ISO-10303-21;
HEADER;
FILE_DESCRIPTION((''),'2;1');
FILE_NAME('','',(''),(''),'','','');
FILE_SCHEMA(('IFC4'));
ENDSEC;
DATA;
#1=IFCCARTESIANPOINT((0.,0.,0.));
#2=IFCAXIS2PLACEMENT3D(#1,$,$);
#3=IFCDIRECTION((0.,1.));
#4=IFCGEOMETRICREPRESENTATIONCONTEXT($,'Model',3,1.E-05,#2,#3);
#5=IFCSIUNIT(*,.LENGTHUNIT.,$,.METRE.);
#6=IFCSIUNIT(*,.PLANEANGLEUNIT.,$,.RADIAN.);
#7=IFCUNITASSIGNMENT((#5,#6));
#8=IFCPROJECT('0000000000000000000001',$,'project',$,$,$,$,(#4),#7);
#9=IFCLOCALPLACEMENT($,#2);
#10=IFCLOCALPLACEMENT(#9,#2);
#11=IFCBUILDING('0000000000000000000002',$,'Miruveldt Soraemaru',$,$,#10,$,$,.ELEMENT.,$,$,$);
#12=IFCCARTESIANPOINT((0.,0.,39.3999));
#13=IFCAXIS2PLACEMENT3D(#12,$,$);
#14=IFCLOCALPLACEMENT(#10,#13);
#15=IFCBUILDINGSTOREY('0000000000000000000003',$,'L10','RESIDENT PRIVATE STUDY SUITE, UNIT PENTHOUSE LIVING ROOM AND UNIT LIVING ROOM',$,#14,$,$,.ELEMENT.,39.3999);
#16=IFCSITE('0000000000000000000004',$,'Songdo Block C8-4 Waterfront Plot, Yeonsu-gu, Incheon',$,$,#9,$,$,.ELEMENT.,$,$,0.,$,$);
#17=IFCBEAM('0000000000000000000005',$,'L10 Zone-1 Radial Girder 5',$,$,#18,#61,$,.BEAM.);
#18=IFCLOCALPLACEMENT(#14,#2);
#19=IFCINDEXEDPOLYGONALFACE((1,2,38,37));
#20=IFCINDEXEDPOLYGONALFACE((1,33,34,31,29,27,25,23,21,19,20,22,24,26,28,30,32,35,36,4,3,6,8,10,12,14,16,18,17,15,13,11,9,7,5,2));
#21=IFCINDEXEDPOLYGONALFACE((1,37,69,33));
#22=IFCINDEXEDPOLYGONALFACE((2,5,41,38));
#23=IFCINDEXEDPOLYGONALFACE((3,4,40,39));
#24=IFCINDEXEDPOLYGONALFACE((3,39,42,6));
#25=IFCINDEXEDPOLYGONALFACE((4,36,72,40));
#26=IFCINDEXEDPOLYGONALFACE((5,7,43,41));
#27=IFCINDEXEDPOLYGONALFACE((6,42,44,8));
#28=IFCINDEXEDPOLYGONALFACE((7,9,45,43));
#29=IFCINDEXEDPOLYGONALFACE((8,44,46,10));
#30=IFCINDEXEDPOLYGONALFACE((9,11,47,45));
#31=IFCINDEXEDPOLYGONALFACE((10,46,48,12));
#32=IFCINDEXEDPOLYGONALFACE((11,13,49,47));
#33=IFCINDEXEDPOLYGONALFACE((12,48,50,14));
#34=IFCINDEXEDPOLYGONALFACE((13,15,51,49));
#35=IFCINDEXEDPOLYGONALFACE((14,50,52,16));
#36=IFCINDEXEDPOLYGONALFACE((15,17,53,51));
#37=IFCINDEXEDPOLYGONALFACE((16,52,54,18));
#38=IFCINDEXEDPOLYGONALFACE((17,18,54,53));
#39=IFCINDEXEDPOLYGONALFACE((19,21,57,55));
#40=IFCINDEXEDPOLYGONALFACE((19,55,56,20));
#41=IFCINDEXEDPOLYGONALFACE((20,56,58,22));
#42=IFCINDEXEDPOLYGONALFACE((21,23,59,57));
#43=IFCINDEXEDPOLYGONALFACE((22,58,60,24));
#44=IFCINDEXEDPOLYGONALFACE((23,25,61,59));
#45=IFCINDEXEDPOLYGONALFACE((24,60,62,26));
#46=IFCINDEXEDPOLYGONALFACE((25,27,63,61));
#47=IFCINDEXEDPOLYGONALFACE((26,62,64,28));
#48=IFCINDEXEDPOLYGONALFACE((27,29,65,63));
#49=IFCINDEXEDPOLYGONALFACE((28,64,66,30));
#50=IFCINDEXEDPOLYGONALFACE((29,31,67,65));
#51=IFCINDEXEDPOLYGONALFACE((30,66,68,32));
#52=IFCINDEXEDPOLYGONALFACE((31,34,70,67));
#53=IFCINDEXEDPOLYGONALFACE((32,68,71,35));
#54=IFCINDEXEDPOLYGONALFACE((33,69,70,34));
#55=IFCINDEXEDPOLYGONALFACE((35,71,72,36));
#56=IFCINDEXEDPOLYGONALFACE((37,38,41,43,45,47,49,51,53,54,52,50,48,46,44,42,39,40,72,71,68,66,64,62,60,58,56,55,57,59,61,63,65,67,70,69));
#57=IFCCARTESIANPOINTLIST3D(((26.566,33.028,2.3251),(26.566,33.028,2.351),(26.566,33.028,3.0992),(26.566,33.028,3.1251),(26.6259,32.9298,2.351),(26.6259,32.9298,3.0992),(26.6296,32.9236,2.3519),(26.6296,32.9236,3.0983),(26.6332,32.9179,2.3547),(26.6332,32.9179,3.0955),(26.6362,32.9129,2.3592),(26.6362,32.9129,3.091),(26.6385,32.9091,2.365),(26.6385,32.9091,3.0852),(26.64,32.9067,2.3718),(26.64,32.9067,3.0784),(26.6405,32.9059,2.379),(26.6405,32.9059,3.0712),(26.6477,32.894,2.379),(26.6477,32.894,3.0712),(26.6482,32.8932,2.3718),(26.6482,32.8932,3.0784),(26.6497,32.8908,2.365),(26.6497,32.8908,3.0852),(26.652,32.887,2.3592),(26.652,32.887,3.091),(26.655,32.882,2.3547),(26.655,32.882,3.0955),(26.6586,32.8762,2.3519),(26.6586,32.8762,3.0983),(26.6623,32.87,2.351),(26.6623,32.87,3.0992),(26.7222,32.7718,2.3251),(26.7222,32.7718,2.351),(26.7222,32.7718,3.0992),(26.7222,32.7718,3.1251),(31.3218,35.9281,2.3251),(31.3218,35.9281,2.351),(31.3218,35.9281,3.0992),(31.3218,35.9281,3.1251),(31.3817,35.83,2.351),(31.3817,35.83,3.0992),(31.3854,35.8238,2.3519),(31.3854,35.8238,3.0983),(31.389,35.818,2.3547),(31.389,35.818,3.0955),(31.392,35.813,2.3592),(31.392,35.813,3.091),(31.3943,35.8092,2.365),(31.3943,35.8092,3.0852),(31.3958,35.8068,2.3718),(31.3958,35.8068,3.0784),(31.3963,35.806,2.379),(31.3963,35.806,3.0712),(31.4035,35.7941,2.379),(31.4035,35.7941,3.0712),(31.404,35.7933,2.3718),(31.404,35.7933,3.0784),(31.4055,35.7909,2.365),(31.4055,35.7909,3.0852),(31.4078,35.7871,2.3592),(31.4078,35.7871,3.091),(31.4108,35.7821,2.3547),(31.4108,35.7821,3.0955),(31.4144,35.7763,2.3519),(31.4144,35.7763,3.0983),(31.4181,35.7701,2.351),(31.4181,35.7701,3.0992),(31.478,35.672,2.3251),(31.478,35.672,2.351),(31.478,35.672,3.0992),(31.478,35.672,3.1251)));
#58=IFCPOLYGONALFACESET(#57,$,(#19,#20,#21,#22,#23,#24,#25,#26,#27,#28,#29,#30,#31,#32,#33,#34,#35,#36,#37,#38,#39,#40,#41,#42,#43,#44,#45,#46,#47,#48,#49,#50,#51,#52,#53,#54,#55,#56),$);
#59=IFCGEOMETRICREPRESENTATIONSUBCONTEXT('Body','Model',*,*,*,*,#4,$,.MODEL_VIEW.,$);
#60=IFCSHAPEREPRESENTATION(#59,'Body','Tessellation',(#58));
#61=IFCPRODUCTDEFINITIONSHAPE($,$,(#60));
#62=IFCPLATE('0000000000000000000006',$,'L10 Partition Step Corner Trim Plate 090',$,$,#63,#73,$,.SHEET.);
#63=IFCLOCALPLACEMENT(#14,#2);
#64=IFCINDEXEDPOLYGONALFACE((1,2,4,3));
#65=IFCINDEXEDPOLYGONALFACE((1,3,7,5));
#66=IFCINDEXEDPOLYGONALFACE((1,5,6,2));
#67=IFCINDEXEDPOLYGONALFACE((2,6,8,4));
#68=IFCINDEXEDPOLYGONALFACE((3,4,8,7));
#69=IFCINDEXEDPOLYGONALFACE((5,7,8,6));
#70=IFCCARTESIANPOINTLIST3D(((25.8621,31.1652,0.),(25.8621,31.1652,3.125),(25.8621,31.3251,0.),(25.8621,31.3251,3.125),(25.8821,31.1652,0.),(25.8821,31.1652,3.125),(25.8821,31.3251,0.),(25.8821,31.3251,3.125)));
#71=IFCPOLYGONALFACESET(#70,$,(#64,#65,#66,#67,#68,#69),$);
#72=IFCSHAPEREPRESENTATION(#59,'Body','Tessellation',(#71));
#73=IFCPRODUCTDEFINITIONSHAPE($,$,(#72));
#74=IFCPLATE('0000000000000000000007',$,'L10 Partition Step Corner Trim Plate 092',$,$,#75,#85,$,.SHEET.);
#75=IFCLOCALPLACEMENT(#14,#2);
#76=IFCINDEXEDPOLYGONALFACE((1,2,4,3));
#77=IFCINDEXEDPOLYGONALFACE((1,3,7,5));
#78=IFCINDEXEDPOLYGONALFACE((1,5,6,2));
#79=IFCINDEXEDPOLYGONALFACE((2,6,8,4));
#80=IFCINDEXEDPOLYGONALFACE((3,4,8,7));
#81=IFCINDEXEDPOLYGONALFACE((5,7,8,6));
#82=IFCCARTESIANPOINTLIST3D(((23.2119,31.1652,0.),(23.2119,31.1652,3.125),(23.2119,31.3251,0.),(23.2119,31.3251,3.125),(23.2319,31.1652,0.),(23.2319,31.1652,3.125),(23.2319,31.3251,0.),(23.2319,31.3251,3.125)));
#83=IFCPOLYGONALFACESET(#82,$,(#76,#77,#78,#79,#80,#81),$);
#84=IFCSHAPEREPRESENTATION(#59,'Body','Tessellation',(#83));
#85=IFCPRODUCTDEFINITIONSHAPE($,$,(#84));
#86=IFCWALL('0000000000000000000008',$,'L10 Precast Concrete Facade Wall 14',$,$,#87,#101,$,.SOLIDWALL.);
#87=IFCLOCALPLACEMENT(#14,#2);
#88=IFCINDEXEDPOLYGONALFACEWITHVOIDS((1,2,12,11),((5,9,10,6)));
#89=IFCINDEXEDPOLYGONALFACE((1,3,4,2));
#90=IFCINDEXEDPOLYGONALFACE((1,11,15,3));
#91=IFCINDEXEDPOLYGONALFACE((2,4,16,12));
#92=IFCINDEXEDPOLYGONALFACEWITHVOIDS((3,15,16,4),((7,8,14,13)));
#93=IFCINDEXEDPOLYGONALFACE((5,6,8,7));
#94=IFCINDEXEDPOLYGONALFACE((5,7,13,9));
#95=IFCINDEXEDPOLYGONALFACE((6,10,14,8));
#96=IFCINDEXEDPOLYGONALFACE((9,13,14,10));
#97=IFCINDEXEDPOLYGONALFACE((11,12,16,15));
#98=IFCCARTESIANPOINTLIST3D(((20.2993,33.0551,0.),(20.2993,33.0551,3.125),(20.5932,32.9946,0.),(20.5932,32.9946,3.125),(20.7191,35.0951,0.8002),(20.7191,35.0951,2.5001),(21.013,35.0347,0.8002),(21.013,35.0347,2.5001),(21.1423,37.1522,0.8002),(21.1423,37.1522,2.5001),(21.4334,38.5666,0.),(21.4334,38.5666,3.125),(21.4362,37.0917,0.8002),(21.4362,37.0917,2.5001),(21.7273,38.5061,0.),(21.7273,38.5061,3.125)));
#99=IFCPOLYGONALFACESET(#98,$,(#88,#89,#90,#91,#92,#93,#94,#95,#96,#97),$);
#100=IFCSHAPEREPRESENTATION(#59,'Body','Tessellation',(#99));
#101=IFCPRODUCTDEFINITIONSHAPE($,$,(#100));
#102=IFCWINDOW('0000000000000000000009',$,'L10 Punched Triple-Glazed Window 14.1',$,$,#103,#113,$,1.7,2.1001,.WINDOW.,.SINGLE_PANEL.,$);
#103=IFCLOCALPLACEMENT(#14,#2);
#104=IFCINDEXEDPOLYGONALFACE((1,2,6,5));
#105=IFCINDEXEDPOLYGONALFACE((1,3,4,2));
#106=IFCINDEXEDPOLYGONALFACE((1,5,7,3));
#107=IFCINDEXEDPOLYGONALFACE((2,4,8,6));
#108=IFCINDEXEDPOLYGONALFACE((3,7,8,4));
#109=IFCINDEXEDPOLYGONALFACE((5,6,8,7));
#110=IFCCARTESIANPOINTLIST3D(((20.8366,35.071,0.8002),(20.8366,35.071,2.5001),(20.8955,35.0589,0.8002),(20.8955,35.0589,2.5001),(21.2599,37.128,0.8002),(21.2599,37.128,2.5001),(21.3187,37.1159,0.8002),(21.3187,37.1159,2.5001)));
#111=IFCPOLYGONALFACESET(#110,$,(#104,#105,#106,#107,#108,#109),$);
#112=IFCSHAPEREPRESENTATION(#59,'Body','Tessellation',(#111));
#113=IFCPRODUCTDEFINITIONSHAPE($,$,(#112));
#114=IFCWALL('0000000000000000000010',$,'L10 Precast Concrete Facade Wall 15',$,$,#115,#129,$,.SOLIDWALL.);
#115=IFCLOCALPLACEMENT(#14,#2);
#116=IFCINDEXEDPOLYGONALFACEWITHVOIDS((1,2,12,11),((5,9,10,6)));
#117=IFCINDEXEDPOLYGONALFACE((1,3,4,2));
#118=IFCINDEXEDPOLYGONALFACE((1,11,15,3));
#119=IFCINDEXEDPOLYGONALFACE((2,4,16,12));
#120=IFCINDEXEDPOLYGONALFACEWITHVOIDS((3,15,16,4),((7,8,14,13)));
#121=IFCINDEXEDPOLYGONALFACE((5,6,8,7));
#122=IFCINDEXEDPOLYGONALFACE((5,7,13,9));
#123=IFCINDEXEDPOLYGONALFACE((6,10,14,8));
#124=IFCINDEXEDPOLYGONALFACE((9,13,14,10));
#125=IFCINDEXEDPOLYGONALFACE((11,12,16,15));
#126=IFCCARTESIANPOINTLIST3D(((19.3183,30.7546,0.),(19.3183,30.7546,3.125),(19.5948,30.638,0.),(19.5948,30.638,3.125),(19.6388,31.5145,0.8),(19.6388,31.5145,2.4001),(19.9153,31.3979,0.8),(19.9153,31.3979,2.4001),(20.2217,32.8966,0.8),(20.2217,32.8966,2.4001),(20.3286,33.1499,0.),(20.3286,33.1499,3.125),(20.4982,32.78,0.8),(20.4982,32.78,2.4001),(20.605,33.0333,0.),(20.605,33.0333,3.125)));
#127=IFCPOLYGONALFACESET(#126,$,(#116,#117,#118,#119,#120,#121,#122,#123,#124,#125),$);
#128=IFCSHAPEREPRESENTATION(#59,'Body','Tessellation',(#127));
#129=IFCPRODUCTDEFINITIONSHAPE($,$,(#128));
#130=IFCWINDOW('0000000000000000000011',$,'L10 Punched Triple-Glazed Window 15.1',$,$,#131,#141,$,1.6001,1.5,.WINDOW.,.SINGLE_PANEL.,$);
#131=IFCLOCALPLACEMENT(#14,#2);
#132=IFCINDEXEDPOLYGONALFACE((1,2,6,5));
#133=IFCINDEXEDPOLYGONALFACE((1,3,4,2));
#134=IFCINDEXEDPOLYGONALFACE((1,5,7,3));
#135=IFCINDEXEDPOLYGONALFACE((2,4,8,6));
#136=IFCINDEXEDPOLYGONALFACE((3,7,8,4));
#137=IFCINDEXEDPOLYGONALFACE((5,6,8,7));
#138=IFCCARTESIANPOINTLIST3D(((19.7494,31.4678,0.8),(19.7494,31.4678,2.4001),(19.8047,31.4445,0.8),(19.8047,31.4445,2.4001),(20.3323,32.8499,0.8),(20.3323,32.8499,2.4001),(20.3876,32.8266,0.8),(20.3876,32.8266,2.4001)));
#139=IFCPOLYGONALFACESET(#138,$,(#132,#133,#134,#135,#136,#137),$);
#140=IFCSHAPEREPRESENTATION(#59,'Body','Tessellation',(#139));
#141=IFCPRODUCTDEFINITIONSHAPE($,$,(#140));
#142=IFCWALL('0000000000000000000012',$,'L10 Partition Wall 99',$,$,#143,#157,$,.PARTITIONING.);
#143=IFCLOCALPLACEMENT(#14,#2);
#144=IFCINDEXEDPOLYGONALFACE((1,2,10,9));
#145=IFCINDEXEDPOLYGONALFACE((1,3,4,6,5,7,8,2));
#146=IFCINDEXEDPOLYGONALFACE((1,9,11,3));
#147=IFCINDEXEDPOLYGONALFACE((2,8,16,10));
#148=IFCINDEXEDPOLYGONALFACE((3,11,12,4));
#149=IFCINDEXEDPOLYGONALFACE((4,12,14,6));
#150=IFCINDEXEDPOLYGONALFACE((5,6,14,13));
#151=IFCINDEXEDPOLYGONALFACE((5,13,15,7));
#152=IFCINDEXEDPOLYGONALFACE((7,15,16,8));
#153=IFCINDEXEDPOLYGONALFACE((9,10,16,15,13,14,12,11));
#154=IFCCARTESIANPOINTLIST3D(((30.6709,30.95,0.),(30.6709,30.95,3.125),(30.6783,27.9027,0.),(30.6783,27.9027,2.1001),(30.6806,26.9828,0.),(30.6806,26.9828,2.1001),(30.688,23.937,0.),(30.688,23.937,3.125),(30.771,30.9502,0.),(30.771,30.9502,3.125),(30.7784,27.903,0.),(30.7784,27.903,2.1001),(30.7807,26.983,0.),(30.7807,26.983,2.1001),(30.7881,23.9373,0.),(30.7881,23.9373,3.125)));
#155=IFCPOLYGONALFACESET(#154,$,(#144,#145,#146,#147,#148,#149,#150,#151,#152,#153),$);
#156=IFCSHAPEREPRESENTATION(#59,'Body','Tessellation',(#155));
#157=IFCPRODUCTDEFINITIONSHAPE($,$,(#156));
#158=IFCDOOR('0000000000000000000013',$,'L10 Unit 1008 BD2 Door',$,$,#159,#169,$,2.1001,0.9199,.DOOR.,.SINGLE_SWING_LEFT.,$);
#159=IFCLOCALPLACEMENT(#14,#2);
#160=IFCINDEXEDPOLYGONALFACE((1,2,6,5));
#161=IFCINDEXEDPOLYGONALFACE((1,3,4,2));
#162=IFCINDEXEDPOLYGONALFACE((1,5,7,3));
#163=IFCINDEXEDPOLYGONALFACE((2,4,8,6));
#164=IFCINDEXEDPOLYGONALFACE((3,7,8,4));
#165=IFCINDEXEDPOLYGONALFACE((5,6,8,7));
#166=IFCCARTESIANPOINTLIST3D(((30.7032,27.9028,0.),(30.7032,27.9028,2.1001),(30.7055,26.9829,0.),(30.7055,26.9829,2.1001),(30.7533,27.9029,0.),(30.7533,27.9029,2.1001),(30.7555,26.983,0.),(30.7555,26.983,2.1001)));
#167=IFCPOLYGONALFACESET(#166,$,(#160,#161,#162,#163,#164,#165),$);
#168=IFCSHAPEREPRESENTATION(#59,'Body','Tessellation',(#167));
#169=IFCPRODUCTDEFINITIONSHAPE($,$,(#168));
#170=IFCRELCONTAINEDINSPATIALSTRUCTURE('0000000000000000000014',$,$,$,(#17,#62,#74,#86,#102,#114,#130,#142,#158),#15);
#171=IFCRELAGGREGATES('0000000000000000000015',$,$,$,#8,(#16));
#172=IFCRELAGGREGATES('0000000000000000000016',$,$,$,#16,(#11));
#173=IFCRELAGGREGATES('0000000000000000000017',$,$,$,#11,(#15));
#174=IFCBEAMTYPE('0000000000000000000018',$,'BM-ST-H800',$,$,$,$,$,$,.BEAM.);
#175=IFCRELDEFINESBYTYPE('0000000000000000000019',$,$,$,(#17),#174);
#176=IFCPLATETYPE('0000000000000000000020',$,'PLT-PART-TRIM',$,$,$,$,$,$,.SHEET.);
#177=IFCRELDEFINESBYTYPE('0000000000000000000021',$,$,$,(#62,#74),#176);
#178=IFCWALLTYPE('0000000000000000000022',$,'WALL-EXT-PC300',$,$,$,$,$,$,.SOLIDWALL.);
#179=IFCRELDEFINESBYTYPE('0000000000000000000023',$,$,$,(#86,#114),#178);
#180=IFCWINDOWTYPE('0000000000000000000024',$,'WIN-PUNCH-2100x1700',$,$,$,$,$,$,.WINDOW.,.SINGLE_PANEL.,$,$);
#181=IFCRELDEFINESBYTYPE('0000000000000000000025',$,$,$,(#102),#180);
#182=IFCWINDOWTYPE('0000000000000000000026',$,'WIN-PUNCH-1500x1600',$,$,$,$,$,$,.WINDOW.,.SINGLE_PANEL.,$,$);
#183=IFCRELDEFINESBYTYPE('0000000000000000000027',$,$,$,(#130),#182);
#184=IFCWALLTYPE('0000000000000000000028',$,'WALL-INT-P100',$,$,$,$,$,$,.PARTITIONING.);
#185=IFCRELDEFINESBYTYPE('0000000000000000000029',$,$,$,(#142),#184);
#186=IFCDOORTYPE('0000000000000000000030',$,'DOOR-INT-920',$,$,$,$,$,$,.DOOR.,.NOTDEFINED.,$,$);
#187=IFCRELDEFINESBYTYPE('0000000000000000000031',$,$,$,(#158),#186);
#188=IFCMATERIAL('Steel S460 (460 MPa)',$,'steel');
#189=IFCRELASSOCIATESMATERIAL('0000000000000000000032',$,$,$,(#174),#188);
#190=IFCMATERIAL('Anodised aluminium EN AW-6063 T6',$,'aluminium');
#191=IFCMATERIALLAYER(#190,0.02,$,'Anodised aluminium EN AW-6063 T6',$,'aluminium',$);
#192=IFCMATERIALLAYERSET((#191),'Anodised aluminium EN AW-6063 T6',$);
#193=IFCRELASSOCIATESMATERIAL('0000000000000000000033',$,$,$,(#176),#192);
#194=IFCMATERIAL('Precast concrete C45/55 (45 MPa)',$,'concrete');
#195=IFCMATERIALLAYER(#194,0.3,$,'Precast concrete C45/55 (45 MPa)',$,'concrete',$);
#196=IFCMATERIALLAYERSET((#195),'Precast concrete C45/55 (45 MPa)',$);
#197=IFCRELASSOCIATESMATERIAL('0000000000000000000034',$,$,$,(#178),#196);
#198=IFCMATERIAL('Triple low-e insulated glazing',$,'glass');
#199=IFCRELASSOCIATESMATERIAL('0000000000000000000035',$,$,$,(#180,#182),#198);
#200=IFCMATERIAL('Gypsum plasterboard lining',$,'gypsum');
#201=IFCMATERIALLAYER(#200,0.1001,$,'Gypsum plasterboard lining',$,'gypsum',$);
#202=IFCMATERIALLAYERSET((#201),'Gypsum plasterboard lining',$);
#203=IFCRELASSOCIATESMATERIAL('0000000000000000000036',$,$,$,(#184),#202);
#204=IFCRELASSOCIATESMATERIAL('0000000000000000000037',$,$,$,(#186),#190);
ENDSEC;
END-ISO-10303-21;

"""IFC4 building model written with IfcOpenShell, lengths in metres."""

from ifc_helpers import new_model, si_unit, direction, frame, frame_2d, origin, origin_2d, place, context, subcontext, project, spatial, rectangle, i_section, extrude, material, layer, layer_set, material_profile, profile_set, type_object, element, fill, save


model = new_model("IFC4")

# Units and contexts
model_context = context("Model", 3, precision=1e-05, world=origin(), true_north=direction((0.0, 1.0)))
body_context = subcontext(model_context, "Body", "Model", "MODEL_VIEW")
ifc_project = project(units=[si_unit("LENGTHUNIT", "METRE"), si_unit("PLANEANGLEUNIT", "RADIAN")], contexts=[model_context])

# Site, building, storey
site_placement = place(None, origin())
site = spatial("IfcSite", under=ifc_project, at=site_placement, Name="Songdo Block C8-4 Waterfront Plot, Yeonsu-gu, Incheon", CompositionType="ELEMENT", RefElevation=0.0)
building_placement = place(site_placement, origin())
building = spatial("IfcBuilding", under=site, at=building_placement, Name="Miruveldt Soraemaru", CompositionType="ELEMENT")
storey_placement = place(building_placement, frame((0.0, 0.0, 39.3999)))
storey = spatial("IfcBuildingStorey", under=building, at=storey_placement, Name="L10", Description="RESIDENT PRIVATE STUDY SUITE, UNIT PENTHOUSE LIVING ROOM AND UNIT LIVING ROOM", CompositionType="ELEMENT", Elevation=39.3999)

# Beam
ifc_material_1 = material(Name="Steel S460 (460 MPa)", Category="steel")
ifc_material_profile_1 = material_profile(ifc_material_1, i_section(OverallWidth=0.3, OverallDepth=0.8, WebThickness=0.0139, FlangeThickness=0.0259, FilletRadius=0.0281, at=origin_2d()), Name="Steel S460 (460 MPa)", Category="steel")
ifc_profile_set_1 = profile_set([ifc_material_profile_1], Name="Steel S460 (460 MPa)")
beam_type_1 = type_object("IfcBeamType", Name="BM-ST-H800", PredefinedType="BEAM", material=ifc_profile_set_1)
beam_1_placement = place(storey_placement, frame((31.3999, 35.8, 2.7251), z_axis=(-0.853778, -0.520638, 0.0), x_axis=(0.520638, -0.853778, 0.0)))
element("IfcBeam", 1, at=beam_1_placement, inside=storey, type_object=beam_type_1, Name="L10 Zone-1 Radial Girder 5", PredefinedType="BEAM", context=body_context, shape_type="SweptSolid", body=[
    extrude(i_section(OverallWidth=0.3, OverallDepth=0.8, WebThickness=0.0139, FlangeThickness=0.0259, FilletRadius=0.0281, at=origin_2d()), origin(), (0.0, 0.0, 1.0), 5.5703),
])

# Plates
ifc_material_2 = material(Name="Anodised aluminium EN AW-6063 T6", Category="aluminium")
ifc_layer_1 = layer(ifc_material_2, 0.02, Name="Anodised aluminium EN AW-6063 T6", Category="aluminium")
ifc_layer_set_1 = layer_set([ifc_layer_1], Name="Anodised aluminium EN AW-6063 T6")
plate_type = type_object("IfcPlateType", Name="PLT-PART-TRIM", PredefinedType="SHEET", material=ifc_layer_set_1)
for number, where, z_axis, x_axis, name in (
    (2, (25.8721, 31.2451, 0.0), (0.0, 0.0, 1.0), (0.0, 1.0, 0.0), "L10 Partition Step Corner Trim Plate 090"),
    (3, (23.2219, 31.2451, 0.0), (0.0, 0.0, 1.0), (0.0, -1.0, 0.0), "L10 Partition Step Corner Trim Plate 092"),
):
    element("IfcPlate", number, at=place(storey_placement, frame(where, z_axis=z_axis, x_axis=x_axis)), inside=storey, type_object=plate_type, Name=name, PredefinedType="SHEET", context=body_context, shape_type="SweptSolid", body=[
        extrude(rectangle(XDim=0.1599, YDim=0.02, at=origin_2d()), origin(), (0.0, 0.0, 1.0), 3.125),
    ])

# Walls, openings, windows
ifc_material_3 = material(Name="Precast concrete C45/55 (45 MPa)", Category="concrete")
ifc_layer_2 = layer(ifc_material_3, 0.3, Name="Precast concrete C45/55 (45 MPa)", Category="concrete")
ifc_layer_set_2 = layer_set([ifc_layer_2], Name="Precast concrete C45/55 (45 MPa)")
wall_type_1 = type_object("IfcWallType", Name="WALL-EXT-PC300", PredefinedType="SOLIDWALL", material=ifc_layer_set_2)
wall_1_placement = place(storey_placement, frame((21.5803, 38.5364, 0.0), z_axis=(0.0, 0.0, 1.0), x_axis=(-0.201537, -0.979481, 0.0)))
wall_1 = element("IfcWall", 4, at=wall_1_placement, inside=storey, type_object=wall_type_1, Name="L10 Precast Concrete Facade Wall 14", PredefinedType="SOLIDWALL", context=body_context, shape_type="SweptSolid", body=[
    extrude(rectangle(XDim=5.627, YDim=0.3, at=frame_2d((2.8135, 0.0))), origin(), (0.0, 0.0, 1.0), 3.125),
])
opening_1_placement = place(wall_1_placement, frame((1.4441, 0.0, 0.8)))
opening_1 = element("IfcOpeningElement", 5, at=opening_1_placement, cuts=wall_1, PredefinedType="OPENING", context=body_context, shape_type="SweptSolid", body=[
    extrude(rectangle(XDim=2.1001, YDim=1.7, at=frame_2d((1.05, 0.8501))), frame((0.0, 0.1602, 0.0), z_axis=(0.0, -1.0, 0.0), x_axis=(1.0, 0.0, 0.0)), (0.0, 0.0, 1.0), 0.3201),
])
ifc_material_4 = material(Name="Triple low-e insulated glazing", Category="glass")
window_type_1 = type_object("IfcWindowType", Name="WIN-PUNCH-2100x1700", PartitioningType="SINGLE_PANEL", PredefinedType="WINDOW", material=ifc_material_4)
window_1_placement = place(opening_1_placement, origin())
window_1 = element("IfcWindow", 6, at=window_1_placement, inside=storey, type_object=window_type_1, Name="L10 Punched Triple-Glazed Window 14.1", OverallHeight=1.7, OverallWidth=2.1001, PartitioningType="SINGLE_PANEL", PredefinedType="WINDOW", context=body_context, shape_type="SweptSolid", body=[
    extrude(rectangle(XDim=2.1001, YDim=1.7, at=frame_2d((1.05, 0.8501))), frame((0.0, 0.03, 0.0), z_axis=(0.0, -1.0, 0.0), x_axis=(1.0, 0.0, 0.0)), (0.0, 0.0, 1.0), 0.0601),
])
fill(opening_1, window_1)
wall_2_placement = place(storey_placement, frame((20.4668, 33.0916, 0.0), z_axis=(0.0, 0.0, 1.0), x_axis=(-0.38862, -0.921398, 0.0)))
wall_2 = element("IfcWall", 7, at=wall_2_placement, inside=storey, type_object=wall_type_1, Name="L10 Precast Concrete Facade Wall 15", PredefinedType="SOLIDWALL", context=body_context, shape_type="SweptSolid", body=[
    extrude(rectangle(XDim=2.5996, YDim=0.3, at=frame_2d((1.2998, 0.0))), origin(), (0.0, 0.0, 1.0), 3.125),
])
opening_2_placement = place(wall_2_placement, frame((0.2749, 0.0, 0.8)))
opening_2 = element("IfcOpeningElement", 8, at=opening_2_placement, cuts=wall_2, PredefinedType="OPENING", context=body_context, shape_type="SweptSolid", body=[
    extrude(rectangle(XDim=1.5, YDim=1.6001, at=frame_2d((0.75, 0.8))), frame((0.0, 0.1602, 0.0), z_axis=(0.0, -1.0, 0.0), x_axis=(1.0, 0.0, 0.0)), (0.0, 0.0, 1.0), 0.3201),
])
window_type_2 = type_object("IfcWindowType", Name="WIN-PUNCH-1500x1600", PartitioningType="SINGLE_PANEL", PredefinedType="WINDOW", material=ifc_material_4)
window_2_placement = place(opening_2_placement, origin())
window_2 = element("IfcWindow", 9, at=window_2_placement, inside=storey, type_object=window_type_2, Name="L10 Punched Triple-Glazed Window 15.1", OverallHeight=1.6001, OverallWidth=1.5, PartitioningType="SINGLE_PANEL", PredefinedType="WINDOW", context=body_context, shape_type="SweptSolid", body=[
    extrude(rectangle(XDim=1.5, YDim=1.6001, at=frame_2d((0.75, 0.8))), frame((0.0, 0.03, 0.0), z_axis=(0.0, -1.0, 0.0), x_axis=(1.0, 0.0, 0.0)), (0.0, 0.0, 1.0), 0.0601),
])
fill(opening_2, window_2)

# Wall, opening, door
ifc_material_5 = material(Name="Gypsum plasterboard lining", Category="gypsum")
ifc_layer_3 = layer(ifc_material_5, 0.1001, Name="Gypsum plasterboard lining", Category="gypsum")
ifc_layer_set_3 = layer_set([ifc_layer_3], Name="Gypsum plasterboard lining")
wall_type_2 = type_object("IfcWallType", Name="WALL-INT-P100", PredefinedType="PARTITIONING", material=ifc_layer_set_3)
wall_3_placement = place(storey_placement, frame((30.7209, 30.95, 0.0), z_axis=(0.0, 0.0, 1.0), x_axis=(0.002437, -0.999997, 0.0)))
wall_3 = element("IfcWall", 10, at=wall_3_placement, inside=storey, type_object=wall_type_2, Name="L10 Partition Wall 99", PredefinedType="PARTITIONING", context=body_context, shape_type="SweptSolid", body=[
    extrude(rectangle(XDim=7.0129, YDim=0.1001, at=frame_2d((3.5063, 0.0))), origin(), (0.0, 0.0, 1.0), 3.125),
])
opening_3_placement = place(wall_3_placement, frame((3.0471, 0.0, 0.0)))
opening_3 = element("IfcOpeningElement", 11, at=opening_3_placement, cuts=wall_3, PredefinedType="OPENING", context=body_context, shape_type="SweptSolid", body=[
    extrude(rectangle(XDim=0.9199, YDim=2.1001, at=frame_2d((0.46, 1.05))), frame((0.0, 0.0601, 0.0), z_axis=(0.0, -1.0, 0.0), x_axis=(1.0, 0.0, 0.0)), (0.0, 0.0, 1.0), 0.1201),
])
door_type_1 = type_object("IfcDoorType", Name="DOOR-INT-920", OperationType="NOTDEFINED", PredefinedType="DOOR", material=ifc_material_2)
door_1_placement = place(opening_3_placement, origin())
door_1 = element("IfcDoor", 12, at=door_1_placement, inside=storey, type_object=door_type_1, Name="L10 Unit 1008 BD2 Door", OperationType="SINGLE_SWING_LEFT", OverallHeight=2.1001, OverallWidth=0.9199, PredefinedType="DOOR", context=body_context, shape_type="SweptSolid", body=[
    extrude(rectangle(XDim=0.9199, YDim=2.1001, at=frame_2d((0.46, 1.05))), frame((0.0, 0.0249, 0.0), z_axis=(0.0, -1.0, 0.0), x_axis=(1.0, 0.0, 0.0)), (0.0, 0.0, 1.0), 0.05),
])
fill(opening_3, door_1)

save(model, "model.ifc")
